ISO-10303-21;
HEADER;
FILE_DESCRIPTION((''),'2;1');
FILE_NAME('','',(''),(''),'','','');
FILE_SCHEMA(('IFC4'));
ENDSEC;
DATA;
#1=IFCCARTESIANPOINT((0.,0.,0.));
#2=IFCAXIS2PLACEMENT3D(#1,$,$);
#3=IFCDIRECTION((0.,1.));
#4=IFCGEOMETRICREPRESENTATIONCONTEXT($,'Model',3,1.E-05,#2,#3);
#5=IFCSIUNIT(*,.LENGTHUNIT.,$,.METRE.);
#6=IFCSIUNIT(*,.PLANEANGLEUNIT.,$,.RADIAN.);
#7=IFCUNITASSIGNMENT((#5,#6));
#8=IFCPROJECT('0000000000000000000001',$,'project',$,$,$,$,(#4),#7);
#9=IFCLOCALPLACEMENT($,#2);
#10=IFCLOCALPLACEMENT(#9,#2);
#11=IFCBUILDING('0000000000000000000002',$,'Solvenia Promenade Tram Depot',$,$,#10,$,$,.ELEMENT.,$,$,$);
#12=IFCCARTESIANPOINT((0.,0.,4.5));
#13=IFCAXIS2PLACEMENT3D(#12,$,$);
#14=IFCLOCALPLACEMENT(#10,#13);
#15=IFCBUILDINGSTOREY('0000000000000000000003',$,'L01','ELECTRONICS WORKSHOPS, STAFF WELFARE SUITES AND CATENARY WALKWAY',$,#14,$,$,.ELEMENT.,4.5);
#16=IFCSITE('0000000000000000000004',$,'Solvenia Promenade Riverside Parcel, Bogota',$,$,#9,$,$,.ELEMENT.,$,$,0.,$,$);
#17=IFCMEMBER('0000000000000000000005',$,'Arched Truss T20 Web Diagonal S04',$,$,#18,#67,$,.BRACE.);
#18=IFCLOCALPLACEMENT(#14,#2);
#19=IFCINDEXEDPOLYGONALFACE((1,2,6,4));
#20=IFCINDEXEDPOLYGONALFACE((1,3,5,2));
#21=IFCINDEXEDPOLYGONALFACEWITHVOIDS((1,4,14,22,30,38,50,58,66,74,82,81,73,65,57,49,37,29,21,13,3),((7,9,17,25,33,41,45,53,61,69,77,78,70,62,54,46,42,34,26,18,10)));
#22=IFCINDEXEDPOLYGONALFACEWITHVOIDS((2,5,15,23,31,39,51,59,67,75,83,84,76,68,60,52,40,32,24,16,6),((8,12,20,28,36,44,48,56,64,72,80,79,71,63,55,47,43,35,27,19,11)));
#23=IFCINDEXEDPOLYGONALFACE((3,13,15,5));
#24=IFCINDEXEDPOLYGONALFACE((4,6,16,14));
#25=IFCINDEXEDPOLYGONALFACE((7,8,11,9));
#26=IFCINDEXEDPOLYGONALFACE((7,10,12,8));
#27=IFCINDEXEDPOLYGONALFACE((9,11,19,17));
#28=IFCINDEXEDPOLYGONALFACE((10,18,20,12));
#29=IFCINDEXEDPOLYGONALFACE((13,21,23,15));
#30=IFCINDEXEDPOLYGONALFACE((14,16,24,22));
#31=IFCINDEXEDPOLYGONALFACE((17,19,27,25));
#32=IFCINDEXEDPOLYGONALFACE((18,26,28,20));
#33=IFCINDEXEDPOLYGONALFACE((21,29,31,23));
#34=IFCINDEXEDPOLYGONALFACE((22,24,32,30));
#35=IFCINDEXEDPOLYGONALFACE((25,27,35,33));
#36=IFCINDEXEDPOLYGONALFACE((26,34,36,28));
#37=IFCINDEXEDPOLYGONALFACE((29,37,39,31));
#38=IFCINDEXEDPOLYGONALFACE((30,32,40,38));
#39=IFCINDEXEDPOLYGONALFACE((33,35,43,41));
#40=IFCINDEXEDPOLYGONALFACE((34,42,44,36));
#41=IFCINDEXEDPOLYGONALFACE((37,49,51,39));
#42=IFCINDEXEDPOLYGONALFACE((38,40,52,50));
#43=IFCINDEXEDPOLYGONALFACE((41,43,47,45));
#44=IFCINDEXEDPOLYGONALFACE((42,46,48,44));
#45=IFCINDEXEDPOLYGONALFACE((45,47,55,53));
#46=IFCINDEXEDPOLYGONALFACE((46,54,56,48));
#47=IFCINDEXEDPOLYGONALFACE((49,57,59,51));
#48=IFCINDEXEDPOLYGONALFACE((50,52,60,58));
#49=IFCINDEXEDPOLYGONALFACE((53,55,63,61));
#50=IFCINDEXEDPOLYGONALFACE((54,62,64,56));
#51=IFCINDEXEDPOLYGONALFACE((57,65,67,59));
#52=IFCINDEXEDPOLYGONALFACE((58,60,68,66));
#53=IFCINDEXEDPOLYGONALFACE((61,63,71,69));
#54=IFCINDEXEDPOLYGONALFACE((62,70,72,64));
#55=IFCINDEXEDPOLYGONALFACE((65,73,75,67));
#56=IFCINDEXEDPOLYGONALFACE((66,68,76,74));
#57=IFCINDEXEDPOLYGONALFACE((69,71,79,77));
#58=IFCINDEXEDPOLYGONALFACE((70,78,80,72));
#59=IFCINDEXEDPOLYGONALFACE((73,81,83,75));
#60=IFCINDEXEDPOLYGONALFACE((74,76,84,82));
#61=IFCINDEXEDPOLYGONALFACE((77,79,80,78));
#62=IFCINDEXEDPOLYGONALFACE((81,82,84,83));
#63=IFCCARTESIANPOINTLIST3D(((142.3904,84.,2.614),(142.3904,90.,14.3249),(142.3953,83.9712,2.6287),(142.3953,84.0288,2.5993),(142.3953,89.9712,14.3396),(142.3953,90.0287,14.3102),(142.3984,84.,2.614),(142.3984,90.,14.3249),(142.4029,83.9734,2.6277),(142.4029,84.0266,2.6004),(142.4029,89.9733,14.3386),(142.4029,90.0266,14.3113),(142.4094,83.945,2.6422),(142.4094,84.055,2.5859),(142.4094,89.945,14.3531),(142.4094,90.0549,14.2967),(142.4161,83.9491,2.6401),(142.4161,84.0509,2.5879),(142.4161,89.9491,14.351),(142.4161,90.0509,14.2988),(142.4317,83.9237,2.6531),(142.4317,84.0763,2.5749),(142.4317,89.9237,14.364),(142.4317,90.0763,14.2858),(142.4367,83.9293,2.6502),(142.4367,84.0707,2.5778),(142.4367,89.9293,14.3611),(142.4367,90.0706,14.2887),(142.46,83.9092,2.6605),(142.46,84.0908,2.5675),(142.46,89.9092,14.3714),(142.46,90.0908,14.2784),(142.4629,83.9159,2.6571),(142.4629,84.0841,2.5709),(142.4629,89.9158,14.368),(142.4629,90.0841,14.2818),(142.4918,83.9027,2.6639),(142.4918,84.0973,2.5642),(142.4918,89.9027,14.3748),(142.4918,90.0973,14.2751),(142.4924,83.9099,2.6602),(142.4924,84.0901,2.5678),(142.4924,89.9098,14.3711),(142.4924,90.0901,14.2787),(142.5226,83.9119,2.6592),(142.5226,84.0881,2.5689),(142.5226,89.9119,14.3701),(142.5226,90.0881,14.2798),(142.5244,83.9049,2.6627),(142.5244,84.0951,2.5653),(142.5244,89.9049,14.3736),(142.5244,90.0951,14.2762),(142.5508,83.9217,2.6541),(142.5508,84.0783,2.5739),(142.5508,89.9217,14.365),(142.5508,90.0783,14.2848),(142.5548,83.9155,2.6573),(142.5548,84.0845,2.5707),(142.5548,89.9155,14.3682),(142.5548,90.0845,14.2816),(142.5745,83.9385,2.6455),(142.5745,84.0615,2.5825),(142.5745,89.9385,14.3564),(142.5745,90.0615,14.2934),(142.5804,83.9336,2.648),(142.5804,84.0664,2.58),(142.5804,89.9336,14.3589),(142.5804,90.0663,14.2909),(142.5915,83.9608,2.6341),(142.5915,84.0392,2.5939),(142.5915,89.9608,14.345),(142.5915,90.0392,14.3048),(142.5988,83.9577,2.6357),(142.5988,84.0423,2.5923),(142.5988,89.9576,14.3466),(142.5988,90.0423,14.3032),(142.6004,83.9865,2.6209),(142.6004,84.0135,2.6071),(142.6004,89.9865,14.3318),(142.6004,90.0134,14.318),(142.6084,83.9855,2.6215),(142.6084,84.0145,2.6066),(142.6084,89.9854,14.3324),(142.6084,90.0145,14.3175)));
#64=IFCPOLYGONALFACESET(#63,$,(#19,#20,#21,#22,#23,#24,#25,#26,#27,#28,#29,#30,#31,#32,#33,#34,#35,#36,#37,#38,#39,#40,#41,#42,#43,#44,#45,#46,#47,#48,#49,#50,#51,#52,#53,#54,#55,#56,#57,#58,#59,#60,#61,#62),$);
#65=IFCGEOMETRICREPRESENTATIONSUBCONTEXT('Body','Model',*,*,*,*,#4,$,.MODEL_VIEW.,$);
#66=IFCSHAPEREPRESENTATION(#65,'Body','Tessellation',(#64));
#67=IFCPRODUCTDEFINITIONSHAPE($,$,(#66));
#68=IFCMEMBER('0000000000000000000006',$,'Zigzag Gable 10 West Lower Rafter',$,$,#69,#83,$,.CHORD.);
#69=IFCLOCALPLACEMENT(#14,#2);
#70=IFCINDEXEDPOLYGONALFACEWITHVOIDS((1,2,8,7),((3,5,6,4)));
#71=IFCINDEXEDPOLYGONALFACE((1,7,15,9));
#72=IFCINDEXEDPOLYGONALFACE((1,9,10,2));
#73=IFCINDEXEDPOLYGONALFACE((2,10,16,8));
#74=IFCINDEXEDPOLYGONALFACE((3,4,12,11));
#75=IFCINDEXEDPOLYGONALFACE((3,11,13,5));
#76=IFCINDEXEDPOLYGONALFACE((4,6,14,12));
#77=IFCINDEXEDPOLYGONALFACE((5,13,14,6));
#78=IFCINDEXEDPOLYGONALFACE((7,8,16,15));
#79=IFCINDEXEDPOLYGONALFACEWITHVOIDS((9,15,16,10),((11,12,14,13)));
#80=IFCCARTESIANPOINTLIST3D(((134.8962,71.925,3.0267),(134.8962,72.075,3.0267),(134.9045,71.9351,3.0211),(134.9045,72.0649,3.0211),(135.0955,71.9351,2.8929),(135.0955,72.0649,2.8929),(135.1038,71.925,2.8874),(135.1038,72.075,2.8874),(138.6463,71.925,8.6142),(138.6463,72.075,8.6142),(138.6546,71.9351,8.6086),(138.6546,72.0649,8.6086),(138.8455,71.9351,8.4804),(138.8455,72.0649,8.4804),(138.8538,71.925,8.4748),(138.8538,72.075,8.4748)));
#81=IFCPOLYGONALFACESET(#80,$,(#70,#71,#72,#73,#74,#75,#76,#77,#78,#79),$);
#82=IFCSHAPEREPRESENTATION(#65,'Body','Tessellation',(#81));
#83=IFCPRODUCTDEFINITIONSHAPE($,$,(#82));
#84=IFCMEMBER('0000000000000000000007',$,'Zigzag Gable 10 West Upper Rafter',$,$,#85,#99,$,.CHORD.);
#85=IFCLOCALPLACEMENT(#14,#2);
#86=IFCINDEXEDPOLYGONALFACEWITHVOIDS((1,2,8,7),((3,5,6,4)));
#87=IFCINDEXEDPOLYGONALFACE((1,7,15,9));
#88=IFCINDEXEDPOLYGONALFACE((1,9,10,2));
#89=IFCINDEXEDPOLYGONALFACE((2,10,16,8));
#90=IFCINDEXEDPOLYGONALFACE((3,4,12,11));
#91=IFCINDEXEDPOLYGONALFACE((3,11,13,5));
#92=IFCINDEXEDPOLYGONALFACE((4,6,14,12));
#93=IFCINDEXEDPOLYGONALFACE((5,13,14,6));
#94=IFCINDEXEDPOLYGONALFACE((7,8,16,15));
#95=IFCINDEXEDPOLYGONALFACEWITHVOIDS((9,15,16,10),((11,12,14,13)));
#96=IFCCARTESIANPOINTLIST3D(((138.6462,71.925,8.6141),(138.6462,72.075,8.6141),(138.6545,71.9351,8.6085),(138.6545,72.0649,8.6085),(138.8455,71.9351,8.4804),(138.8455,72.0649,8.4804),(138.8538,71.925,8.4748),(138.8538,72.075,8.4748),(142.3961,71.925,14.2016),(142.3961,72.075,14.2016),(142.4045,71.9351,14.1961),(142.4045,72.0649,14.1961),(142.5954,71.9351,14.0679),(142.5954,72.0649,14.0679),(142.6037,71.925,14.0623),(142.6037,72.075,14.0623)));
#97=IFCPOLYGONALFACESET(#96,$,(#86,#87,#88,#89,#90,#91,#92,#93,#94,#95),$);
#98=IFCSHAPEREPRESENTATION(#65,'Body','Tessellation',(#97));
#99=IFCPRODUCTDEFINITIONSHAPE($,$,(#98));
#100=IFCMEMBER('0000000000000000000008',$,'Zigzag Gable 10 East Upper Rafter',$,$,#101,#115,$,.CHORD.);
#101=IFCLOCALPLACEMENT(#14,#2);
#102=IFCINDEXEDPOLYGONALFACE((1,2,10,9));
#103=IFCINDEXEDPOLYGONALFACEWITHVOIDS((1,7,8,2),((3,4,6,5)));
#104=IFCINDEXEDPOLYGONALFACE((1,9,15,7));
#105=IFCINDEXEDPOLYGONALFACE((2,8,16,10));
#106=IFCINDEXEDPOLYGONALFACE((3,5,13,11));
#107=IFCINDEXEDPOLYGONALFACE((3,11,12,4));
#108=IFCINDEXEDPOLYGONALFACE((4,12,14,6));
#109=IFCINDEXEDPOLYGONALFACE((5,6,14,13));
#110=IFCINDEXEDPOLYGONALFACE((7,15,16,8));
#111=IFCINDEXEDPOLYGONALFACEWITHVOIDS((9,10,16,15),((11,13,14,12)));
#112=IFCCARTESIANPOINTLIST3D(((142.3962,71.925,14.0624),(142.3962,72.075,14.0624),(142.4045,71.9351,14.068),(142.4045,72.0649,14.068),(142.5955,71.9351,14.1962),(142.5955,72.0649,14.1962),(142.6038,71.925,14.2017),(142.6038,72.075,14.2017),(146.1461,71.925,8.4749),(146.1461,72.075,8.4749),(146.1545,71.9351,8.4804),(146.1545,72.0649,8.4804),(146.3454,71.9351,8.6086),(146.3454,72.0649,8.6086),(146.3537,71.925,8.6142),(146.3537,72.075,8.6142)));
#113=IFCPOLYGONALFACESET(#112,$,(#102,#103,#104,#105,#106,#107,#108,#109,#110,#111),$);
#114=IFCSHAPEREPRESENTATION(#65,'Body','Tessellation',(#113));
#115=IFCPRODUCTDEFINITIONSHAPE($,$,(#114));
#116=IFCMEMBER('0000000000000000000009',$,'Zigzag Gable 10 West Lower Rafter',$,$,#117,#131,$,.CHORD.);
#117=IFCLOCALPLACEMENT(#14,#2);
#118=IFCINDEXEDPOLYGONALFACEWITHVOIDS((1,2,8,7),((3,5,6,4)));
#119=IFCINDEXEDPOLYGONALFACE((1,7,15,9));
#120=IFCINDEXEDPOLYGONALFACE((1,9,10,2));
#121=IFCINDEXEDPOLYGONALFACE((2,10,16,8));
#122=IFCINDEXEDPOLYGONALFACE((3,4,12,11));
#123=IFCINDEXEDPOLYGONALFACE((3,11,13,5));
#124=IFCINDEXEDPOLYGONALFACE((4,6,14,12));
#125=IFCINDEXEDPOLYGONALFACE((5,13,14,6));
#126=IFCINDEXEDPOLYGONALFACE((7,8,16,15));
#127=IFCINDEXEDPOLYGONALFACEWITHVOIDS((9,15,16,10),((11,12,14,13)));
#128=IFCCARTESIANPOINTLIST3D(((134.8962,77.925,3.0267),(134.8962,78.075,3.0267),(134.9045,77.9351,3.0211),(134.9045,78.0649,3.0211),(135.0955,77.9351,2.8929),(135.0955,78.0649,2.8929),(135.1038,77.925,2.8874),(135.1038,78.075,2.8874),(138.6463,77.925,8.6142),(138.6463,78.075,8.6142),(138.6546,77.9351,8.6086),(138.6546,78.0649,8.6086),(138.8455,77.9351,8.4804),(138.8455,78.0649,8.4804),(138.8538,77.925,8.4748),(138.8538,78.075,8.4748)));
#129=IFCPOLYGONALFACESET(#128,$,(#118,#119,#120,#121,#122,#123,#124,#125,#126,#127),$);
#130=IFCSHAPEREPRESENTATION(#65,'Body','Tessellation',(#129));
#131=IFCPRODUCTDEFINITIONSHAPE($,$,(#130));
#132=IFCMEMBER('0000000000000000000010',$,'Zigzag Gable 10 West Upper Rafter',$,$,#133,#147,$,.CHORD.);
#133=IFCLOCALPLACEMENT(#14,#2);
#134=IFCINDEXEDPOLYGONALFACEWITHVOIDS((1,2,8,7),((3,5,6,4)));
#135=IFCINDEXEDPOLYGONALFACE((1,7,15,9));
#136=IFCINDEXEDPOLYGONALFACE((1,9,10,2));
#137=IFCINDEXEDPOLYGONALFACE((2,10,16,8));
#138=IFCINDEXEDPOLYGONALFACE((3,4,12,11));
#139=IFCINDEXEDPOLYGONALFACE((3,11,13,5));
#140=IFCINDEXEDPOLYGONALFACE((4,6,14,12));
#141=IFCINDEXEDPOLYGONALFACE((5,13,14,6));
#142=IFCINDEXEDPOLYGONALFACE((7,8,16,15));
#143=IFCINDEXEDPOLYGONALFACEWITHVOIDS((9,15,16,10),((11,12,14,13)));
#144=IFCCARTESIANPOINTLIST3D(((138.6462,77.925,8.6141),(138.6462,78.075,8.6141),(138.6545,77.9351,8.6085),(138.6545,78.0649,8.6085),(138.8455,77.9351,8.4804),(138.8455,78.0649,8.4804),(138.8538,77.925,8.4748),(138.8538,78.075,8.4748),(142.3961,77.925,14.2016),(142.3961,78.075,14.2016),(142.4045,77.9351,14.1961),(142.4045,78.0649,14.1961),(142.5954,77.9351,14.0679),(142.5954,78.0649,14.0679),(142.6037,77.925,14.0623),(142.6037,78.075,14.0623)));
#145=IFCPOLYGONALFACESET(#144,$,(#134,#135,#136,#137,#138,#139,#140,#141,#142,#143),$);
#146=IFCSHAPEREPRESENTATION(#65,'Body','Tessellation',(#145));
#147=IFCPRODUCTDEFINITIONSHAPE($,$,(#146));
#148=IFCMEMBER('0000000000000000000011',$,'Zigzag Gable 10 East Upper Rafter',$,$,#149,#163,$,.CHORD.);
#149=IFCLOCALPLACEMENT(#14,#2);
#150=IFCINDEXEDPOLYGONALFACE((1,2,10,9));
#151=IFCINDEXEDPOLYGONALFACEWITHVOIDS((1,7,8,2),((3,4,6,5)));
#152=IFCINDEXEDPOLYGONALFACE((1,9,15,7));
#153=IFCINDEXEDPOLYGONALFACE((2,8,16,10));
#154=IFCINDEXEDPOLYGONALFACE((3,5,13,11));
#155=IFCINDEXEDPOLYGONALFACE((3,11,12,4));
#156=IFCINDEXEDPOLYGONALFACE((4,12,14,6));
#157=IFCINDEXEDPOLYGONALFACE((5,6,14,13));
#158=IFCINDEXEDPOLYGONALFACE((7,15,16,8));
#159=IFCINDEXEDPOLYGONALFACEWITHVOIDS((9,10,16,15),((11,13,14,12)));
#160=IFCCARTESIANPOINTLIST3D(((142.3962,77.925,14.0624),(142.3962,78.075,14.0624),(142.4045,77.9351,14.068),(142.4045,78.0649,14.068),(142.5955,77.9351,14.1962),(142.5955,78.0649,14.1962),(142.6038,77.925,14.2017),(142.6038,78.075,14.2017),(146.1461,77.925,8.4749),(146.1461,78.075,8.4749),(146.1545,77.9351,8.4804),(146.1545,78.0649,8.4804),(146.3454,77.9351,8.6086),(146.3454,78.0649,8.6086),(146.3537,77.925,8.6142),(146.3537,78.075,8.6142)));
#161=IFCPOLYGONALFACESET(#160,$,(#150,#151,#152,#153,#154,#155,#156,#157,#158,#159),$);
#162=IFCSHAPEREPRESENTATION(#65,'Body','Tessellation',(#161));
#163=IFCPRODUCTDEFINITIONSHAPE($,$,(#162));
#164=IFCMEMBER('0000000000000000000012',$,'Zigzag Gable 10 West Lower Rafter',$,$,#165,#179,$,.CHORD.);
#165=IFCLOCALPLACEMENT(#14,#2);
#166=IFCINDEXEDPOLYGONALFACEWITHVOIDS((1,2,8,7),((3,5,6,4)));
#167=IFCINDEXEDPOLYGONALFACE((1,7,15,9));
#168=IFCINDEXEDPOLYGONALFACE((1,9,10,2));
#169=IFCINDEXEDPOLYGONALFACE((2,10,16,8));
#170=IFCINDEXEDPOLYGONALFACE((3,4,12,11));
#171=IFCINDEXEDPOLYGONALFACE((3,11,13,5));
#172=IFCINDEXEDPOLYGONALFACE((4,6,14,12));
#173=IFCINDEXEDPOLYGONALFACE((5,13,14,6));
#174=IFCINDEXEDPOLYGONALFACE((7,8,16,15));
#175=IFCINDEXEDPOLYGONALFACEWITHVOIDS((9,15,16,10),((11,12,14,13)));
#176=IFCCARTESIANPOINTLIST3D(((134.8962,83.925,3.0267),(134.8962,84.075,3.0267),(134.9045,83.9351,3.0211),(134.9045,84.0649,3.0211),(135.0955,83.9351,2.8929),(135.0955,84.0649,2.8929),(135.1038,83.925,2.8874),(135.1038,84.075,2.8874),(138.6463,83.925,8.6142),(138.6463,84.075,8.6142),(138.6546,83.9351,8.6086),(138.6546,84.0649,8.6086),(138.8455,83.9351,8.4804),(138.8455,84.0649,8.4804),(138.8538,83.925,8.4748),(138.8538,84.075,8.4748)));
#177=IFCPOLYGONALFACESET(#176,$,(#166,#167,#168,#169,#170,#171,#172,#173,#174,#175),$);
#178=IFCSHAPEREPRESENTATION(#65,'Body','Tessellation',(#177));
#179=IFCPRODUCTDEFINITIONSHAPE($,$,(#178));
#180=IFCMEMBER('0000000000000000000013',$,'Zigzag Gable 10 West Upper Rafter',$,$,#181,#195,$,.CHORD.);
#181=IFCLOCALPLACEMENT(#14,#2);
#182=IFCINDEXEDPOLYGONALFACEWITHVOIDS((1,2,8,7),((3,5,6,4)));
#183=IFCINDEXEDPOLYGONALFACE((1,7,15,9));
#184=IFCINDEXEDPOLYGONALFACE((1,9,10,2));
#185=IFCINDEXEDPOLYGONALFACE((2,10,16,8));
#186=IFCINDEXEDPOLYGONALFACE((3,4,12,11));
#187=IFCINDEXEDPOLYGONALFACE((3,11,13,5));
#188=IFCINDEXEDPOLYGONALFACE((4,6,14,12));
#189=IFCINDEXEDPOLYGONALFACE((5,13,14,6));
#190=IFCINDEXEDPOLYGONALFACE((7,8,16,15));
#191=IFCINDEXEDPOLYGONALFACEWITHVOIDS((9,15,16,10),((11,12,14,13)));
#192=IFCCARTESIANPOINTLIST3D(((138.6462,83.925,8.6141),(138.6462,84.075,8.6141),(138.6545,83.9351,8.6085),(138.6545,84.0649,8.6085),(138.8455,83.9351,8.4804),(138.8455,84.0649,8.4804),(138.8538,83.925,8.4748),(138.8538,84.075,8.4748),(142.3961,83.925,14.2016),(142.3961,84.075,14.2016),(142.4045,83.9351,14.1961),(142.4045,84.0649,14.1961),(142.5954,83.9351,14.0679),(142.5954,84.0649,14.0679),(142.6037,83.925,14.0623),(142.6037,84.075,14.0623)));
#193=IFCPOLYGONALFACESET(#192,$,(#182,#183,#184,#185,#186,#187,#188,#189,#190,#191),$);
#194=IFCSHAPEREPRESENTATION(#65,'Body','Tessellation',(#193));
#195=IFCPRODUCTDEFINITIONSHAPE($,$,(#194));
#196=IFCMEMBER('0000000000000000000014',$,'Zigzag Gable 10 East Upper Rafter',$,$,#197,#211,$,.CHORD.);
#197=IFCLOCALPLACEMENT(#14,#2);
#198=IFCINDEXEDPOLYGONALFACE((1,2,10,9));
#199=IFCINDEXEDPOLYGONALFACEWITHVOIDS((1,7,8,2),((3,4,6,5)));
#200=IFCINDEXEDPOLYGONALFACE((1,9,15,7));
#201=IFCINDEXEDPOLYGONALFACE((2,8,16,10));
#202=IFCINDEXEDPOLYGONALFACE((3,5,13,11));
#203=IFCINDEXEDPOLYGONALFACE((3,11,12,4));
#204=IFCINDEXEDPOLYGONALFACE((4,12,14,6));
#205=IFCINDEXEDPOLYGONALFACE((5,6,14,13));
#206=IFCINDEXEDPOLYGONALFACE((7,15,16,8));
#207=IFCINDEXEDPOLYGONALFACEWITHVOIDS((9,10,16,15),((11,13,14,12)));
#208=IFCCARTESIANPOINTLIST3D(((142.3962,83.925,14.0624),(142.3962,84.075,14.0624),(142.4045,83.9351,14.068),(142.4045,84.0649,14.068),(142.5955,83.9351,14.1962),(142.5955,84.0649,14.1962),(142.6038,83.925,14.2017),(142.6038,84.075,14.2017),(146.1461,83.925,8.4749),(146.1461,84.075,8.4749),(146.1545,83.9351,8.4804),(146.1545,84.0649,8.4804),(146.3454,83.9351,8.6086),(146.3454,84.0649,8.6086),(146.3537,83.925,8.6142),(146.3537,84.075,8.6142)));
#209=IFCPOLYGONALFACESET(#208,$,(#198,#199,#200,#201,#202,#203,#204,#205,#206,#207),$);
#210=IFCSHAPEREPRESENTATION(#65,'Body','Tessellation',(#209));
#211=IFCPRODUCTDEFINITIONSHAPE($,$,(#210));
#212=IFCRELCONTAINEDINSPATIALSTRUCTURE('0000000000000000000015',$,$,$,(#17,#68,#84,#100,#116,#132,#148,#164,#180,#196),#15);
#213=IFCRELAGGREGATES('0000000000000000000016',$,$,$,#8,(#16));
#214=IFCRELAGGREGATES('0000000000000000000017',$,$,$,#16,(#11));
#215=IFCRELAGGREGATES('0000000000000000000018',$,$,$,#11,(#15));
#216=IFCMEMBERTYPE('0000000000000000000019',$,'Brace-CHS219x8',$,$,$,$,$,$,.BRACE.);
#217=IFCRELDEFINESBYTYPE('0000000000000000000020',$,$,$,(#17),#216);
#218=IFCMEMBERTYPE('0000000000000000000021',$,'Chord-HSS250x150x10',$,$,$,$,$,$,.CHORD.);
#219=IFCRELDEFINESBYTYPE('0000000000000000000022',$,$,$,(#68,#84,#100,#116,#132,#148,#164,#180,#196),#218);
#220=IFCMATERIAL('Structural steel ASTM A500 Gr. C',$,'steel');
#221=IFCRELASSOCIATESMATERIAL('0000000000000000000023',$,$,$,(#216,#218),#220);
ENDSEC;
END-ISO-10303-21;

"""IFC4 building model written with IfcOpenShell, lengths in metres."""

from ifc_helpers import new_model, si_unit, direction, frame, origin, origin_2d, place, context, subcontext, project, spatial, hollow_rectangle, hollow_circle, extrude, material, material_profile, profile_set, type_object, element, save


model = new_model("IFC4")

# Units and contexts
model_context = context("Model", 3, precision=1e-05, world=origin(), true_north=direction((0.0, 1.0)))
body_context = subcontext(model_context, "Body", "Model", "MODEL_VIEW")
ifc_project = project(units=[si_unit("LENGTHUNIT", "METRE"), si_unit("PLANEANGLEUNIT", "RADIAN")], contexts=[model_context])

# Site, building, storey
site_placement = place(None, origin())
site = spatial("IfcSite", under=ifc_project, at=site_placement, Name="Solvenia Promenade Riverside Parcel, Bogota", CompositionType="ELEMENT", RefElevation=0.0)
building_placement = place(site_placement, origin())
building = spatial("IfcBuilding", under=site, at=building_placement, Name="Solvenia Promenade Tram Depot", CompositionType="ELEMENT")
storey_placement = place(building_placement, frame((0.0, 0.0, 4.5)))
storey = spatial("IfcBuildingStorey", under=building, at=storey_placement, Name="L01", Description="ELECTRONICS WORKSHOPS, STAFF WELFARE SUITES AND CATENARY WALKWAY", CompositionType="ELEMENT", Elevation=4.5)

# Members
ifc_material_1 = material(Name="Structural steel ASTM A500 Gr. C", Category="steel")
ifc_material_profile_1 = material_profile(ifc_material_1, hollow_circle(Radius=0.1096, WallThickness=0.0081, at=origin_2d()), Name="CHS219.1x8", Category="steel")
ifc_profile_set_1 = profile_set([ifc_material_profile_1], Name="Structural steel ASTM A500 Gr. C")
member_type_1 = type_object("IfcMemberType", Name="Brace-CHS219x8", PredefinedType="BRACE", material=ifc_profile_set_1)
member_1_placement = place(storey_placement, frame((142.5, 84.0, 2.614), z_axis=(0.0, 0.455979, 0.88999), x_axis=(-1.0, 0.0, 0.0)))
element("IfcMember", 1, at=member_1_placement, inside=storey, type_object=member_type_1, Name="Arched Truss T20 Web Diagonal S04", PredefinedType="BRACE", context=body_context, shape_type="SweptSolid", body=[
    extrude(hollow_circle(Radius=0.1096, WallThickness=0.0081, at=origin_2d()), origin(), (0.0, 0.0, 1.0), 13.1584),
])
ifc_material_profile_2 = material_profile(ifc_material_1, hollow_rectangle(XDim=0.1499, YDim=0.25, WallThickness=0.01, at=origin_2d()), Name="HSS250x150x10", Category="steel")
ifc_profile_set_2 = profile_set([ifc_material_profile_2], Name="Structural steel ASTM A500 Gr. C")
member_type_2 = type_object("IfcMemberType", Name="Chord-HSS250x150x10", PredefinedType="CHORD", material=ifc_profile_set_2)
for number, where, z_axis, x_axis, name in (
    (2, (135.0, 72.0, 2.957), (0.557276, 0.0, 0.830327), (0.0, 1.0, 0.0), "Zigzag Gable 10 West Lower Rafter"),
    (3, (138.75, 72.0, 8.5444), (0.557259, 0.0, 0.830338), (0.0, 1.0, 0.0), "Zigzag Gable 10 West Upper Rafter"),
    (4, (142.5, 72.0, 14.1321), (0.557259, 0.0, -0.830338), (0.0, 1.0, 0.0), "Zigzag Gable 10 East Upper Rafter"),
    (5, (135.0, 78.0, 2.957), (0.557276, 0.0, 0.830327), (0.0, 1.0, 0.0), "Zigzag Gable 10 West Lower Rafter"),
    (6, (138.75, 78.0, 8.5444), (0.557259, 0.0, 0.830338), (0.0, 1.0, 0.0), "Zigzag Gable 10 West Upper Rafter"),
    (7, (142.5, 78.0, 14.1321), (0.557259, 0.0, -0.830338), (0.0, 1.0, 0.0), "Zigzag Gable 10 East Upper Rafter"),
    (8, (135.0, 84.0, 2.957), (0.557276, 0.0, 0.830327), (0.0, 1.0, 0.0), "Zigzag Gable 10 West Lower Rafter"),
    (9, (138.75, 84.0, 8.5444), (0.557259, 0.0, 0.830338), (0.0, 1.0, 0.0), "Zigzag Gable 10 West Upper Rafter"),
    (10, (142.5, 84.0, 14.1321), (0.557259, 0.0, -0.830338), (0.0, 1.0, 0.0), "Zigzag Gable 10 East Upper Rafter"),
):
    element("IfcMember", number, at=place(storey_placement, frame(where, z_axis=z_axis, x_axis=x_axis)), inside=storey, type_object=member_type_2, Name=name, PredefinedType="CHORD", context=body_context, shape_type="SweptSolid", body=[
        extrude(hollow_rectangle(XDim=0.1499, YDim=0.25, WallThickness=0.01, at=origin_2d()), origin(), (0.0, 0.0, 1.0), 6.7292),
    ])

save(model, "model.ifc")
